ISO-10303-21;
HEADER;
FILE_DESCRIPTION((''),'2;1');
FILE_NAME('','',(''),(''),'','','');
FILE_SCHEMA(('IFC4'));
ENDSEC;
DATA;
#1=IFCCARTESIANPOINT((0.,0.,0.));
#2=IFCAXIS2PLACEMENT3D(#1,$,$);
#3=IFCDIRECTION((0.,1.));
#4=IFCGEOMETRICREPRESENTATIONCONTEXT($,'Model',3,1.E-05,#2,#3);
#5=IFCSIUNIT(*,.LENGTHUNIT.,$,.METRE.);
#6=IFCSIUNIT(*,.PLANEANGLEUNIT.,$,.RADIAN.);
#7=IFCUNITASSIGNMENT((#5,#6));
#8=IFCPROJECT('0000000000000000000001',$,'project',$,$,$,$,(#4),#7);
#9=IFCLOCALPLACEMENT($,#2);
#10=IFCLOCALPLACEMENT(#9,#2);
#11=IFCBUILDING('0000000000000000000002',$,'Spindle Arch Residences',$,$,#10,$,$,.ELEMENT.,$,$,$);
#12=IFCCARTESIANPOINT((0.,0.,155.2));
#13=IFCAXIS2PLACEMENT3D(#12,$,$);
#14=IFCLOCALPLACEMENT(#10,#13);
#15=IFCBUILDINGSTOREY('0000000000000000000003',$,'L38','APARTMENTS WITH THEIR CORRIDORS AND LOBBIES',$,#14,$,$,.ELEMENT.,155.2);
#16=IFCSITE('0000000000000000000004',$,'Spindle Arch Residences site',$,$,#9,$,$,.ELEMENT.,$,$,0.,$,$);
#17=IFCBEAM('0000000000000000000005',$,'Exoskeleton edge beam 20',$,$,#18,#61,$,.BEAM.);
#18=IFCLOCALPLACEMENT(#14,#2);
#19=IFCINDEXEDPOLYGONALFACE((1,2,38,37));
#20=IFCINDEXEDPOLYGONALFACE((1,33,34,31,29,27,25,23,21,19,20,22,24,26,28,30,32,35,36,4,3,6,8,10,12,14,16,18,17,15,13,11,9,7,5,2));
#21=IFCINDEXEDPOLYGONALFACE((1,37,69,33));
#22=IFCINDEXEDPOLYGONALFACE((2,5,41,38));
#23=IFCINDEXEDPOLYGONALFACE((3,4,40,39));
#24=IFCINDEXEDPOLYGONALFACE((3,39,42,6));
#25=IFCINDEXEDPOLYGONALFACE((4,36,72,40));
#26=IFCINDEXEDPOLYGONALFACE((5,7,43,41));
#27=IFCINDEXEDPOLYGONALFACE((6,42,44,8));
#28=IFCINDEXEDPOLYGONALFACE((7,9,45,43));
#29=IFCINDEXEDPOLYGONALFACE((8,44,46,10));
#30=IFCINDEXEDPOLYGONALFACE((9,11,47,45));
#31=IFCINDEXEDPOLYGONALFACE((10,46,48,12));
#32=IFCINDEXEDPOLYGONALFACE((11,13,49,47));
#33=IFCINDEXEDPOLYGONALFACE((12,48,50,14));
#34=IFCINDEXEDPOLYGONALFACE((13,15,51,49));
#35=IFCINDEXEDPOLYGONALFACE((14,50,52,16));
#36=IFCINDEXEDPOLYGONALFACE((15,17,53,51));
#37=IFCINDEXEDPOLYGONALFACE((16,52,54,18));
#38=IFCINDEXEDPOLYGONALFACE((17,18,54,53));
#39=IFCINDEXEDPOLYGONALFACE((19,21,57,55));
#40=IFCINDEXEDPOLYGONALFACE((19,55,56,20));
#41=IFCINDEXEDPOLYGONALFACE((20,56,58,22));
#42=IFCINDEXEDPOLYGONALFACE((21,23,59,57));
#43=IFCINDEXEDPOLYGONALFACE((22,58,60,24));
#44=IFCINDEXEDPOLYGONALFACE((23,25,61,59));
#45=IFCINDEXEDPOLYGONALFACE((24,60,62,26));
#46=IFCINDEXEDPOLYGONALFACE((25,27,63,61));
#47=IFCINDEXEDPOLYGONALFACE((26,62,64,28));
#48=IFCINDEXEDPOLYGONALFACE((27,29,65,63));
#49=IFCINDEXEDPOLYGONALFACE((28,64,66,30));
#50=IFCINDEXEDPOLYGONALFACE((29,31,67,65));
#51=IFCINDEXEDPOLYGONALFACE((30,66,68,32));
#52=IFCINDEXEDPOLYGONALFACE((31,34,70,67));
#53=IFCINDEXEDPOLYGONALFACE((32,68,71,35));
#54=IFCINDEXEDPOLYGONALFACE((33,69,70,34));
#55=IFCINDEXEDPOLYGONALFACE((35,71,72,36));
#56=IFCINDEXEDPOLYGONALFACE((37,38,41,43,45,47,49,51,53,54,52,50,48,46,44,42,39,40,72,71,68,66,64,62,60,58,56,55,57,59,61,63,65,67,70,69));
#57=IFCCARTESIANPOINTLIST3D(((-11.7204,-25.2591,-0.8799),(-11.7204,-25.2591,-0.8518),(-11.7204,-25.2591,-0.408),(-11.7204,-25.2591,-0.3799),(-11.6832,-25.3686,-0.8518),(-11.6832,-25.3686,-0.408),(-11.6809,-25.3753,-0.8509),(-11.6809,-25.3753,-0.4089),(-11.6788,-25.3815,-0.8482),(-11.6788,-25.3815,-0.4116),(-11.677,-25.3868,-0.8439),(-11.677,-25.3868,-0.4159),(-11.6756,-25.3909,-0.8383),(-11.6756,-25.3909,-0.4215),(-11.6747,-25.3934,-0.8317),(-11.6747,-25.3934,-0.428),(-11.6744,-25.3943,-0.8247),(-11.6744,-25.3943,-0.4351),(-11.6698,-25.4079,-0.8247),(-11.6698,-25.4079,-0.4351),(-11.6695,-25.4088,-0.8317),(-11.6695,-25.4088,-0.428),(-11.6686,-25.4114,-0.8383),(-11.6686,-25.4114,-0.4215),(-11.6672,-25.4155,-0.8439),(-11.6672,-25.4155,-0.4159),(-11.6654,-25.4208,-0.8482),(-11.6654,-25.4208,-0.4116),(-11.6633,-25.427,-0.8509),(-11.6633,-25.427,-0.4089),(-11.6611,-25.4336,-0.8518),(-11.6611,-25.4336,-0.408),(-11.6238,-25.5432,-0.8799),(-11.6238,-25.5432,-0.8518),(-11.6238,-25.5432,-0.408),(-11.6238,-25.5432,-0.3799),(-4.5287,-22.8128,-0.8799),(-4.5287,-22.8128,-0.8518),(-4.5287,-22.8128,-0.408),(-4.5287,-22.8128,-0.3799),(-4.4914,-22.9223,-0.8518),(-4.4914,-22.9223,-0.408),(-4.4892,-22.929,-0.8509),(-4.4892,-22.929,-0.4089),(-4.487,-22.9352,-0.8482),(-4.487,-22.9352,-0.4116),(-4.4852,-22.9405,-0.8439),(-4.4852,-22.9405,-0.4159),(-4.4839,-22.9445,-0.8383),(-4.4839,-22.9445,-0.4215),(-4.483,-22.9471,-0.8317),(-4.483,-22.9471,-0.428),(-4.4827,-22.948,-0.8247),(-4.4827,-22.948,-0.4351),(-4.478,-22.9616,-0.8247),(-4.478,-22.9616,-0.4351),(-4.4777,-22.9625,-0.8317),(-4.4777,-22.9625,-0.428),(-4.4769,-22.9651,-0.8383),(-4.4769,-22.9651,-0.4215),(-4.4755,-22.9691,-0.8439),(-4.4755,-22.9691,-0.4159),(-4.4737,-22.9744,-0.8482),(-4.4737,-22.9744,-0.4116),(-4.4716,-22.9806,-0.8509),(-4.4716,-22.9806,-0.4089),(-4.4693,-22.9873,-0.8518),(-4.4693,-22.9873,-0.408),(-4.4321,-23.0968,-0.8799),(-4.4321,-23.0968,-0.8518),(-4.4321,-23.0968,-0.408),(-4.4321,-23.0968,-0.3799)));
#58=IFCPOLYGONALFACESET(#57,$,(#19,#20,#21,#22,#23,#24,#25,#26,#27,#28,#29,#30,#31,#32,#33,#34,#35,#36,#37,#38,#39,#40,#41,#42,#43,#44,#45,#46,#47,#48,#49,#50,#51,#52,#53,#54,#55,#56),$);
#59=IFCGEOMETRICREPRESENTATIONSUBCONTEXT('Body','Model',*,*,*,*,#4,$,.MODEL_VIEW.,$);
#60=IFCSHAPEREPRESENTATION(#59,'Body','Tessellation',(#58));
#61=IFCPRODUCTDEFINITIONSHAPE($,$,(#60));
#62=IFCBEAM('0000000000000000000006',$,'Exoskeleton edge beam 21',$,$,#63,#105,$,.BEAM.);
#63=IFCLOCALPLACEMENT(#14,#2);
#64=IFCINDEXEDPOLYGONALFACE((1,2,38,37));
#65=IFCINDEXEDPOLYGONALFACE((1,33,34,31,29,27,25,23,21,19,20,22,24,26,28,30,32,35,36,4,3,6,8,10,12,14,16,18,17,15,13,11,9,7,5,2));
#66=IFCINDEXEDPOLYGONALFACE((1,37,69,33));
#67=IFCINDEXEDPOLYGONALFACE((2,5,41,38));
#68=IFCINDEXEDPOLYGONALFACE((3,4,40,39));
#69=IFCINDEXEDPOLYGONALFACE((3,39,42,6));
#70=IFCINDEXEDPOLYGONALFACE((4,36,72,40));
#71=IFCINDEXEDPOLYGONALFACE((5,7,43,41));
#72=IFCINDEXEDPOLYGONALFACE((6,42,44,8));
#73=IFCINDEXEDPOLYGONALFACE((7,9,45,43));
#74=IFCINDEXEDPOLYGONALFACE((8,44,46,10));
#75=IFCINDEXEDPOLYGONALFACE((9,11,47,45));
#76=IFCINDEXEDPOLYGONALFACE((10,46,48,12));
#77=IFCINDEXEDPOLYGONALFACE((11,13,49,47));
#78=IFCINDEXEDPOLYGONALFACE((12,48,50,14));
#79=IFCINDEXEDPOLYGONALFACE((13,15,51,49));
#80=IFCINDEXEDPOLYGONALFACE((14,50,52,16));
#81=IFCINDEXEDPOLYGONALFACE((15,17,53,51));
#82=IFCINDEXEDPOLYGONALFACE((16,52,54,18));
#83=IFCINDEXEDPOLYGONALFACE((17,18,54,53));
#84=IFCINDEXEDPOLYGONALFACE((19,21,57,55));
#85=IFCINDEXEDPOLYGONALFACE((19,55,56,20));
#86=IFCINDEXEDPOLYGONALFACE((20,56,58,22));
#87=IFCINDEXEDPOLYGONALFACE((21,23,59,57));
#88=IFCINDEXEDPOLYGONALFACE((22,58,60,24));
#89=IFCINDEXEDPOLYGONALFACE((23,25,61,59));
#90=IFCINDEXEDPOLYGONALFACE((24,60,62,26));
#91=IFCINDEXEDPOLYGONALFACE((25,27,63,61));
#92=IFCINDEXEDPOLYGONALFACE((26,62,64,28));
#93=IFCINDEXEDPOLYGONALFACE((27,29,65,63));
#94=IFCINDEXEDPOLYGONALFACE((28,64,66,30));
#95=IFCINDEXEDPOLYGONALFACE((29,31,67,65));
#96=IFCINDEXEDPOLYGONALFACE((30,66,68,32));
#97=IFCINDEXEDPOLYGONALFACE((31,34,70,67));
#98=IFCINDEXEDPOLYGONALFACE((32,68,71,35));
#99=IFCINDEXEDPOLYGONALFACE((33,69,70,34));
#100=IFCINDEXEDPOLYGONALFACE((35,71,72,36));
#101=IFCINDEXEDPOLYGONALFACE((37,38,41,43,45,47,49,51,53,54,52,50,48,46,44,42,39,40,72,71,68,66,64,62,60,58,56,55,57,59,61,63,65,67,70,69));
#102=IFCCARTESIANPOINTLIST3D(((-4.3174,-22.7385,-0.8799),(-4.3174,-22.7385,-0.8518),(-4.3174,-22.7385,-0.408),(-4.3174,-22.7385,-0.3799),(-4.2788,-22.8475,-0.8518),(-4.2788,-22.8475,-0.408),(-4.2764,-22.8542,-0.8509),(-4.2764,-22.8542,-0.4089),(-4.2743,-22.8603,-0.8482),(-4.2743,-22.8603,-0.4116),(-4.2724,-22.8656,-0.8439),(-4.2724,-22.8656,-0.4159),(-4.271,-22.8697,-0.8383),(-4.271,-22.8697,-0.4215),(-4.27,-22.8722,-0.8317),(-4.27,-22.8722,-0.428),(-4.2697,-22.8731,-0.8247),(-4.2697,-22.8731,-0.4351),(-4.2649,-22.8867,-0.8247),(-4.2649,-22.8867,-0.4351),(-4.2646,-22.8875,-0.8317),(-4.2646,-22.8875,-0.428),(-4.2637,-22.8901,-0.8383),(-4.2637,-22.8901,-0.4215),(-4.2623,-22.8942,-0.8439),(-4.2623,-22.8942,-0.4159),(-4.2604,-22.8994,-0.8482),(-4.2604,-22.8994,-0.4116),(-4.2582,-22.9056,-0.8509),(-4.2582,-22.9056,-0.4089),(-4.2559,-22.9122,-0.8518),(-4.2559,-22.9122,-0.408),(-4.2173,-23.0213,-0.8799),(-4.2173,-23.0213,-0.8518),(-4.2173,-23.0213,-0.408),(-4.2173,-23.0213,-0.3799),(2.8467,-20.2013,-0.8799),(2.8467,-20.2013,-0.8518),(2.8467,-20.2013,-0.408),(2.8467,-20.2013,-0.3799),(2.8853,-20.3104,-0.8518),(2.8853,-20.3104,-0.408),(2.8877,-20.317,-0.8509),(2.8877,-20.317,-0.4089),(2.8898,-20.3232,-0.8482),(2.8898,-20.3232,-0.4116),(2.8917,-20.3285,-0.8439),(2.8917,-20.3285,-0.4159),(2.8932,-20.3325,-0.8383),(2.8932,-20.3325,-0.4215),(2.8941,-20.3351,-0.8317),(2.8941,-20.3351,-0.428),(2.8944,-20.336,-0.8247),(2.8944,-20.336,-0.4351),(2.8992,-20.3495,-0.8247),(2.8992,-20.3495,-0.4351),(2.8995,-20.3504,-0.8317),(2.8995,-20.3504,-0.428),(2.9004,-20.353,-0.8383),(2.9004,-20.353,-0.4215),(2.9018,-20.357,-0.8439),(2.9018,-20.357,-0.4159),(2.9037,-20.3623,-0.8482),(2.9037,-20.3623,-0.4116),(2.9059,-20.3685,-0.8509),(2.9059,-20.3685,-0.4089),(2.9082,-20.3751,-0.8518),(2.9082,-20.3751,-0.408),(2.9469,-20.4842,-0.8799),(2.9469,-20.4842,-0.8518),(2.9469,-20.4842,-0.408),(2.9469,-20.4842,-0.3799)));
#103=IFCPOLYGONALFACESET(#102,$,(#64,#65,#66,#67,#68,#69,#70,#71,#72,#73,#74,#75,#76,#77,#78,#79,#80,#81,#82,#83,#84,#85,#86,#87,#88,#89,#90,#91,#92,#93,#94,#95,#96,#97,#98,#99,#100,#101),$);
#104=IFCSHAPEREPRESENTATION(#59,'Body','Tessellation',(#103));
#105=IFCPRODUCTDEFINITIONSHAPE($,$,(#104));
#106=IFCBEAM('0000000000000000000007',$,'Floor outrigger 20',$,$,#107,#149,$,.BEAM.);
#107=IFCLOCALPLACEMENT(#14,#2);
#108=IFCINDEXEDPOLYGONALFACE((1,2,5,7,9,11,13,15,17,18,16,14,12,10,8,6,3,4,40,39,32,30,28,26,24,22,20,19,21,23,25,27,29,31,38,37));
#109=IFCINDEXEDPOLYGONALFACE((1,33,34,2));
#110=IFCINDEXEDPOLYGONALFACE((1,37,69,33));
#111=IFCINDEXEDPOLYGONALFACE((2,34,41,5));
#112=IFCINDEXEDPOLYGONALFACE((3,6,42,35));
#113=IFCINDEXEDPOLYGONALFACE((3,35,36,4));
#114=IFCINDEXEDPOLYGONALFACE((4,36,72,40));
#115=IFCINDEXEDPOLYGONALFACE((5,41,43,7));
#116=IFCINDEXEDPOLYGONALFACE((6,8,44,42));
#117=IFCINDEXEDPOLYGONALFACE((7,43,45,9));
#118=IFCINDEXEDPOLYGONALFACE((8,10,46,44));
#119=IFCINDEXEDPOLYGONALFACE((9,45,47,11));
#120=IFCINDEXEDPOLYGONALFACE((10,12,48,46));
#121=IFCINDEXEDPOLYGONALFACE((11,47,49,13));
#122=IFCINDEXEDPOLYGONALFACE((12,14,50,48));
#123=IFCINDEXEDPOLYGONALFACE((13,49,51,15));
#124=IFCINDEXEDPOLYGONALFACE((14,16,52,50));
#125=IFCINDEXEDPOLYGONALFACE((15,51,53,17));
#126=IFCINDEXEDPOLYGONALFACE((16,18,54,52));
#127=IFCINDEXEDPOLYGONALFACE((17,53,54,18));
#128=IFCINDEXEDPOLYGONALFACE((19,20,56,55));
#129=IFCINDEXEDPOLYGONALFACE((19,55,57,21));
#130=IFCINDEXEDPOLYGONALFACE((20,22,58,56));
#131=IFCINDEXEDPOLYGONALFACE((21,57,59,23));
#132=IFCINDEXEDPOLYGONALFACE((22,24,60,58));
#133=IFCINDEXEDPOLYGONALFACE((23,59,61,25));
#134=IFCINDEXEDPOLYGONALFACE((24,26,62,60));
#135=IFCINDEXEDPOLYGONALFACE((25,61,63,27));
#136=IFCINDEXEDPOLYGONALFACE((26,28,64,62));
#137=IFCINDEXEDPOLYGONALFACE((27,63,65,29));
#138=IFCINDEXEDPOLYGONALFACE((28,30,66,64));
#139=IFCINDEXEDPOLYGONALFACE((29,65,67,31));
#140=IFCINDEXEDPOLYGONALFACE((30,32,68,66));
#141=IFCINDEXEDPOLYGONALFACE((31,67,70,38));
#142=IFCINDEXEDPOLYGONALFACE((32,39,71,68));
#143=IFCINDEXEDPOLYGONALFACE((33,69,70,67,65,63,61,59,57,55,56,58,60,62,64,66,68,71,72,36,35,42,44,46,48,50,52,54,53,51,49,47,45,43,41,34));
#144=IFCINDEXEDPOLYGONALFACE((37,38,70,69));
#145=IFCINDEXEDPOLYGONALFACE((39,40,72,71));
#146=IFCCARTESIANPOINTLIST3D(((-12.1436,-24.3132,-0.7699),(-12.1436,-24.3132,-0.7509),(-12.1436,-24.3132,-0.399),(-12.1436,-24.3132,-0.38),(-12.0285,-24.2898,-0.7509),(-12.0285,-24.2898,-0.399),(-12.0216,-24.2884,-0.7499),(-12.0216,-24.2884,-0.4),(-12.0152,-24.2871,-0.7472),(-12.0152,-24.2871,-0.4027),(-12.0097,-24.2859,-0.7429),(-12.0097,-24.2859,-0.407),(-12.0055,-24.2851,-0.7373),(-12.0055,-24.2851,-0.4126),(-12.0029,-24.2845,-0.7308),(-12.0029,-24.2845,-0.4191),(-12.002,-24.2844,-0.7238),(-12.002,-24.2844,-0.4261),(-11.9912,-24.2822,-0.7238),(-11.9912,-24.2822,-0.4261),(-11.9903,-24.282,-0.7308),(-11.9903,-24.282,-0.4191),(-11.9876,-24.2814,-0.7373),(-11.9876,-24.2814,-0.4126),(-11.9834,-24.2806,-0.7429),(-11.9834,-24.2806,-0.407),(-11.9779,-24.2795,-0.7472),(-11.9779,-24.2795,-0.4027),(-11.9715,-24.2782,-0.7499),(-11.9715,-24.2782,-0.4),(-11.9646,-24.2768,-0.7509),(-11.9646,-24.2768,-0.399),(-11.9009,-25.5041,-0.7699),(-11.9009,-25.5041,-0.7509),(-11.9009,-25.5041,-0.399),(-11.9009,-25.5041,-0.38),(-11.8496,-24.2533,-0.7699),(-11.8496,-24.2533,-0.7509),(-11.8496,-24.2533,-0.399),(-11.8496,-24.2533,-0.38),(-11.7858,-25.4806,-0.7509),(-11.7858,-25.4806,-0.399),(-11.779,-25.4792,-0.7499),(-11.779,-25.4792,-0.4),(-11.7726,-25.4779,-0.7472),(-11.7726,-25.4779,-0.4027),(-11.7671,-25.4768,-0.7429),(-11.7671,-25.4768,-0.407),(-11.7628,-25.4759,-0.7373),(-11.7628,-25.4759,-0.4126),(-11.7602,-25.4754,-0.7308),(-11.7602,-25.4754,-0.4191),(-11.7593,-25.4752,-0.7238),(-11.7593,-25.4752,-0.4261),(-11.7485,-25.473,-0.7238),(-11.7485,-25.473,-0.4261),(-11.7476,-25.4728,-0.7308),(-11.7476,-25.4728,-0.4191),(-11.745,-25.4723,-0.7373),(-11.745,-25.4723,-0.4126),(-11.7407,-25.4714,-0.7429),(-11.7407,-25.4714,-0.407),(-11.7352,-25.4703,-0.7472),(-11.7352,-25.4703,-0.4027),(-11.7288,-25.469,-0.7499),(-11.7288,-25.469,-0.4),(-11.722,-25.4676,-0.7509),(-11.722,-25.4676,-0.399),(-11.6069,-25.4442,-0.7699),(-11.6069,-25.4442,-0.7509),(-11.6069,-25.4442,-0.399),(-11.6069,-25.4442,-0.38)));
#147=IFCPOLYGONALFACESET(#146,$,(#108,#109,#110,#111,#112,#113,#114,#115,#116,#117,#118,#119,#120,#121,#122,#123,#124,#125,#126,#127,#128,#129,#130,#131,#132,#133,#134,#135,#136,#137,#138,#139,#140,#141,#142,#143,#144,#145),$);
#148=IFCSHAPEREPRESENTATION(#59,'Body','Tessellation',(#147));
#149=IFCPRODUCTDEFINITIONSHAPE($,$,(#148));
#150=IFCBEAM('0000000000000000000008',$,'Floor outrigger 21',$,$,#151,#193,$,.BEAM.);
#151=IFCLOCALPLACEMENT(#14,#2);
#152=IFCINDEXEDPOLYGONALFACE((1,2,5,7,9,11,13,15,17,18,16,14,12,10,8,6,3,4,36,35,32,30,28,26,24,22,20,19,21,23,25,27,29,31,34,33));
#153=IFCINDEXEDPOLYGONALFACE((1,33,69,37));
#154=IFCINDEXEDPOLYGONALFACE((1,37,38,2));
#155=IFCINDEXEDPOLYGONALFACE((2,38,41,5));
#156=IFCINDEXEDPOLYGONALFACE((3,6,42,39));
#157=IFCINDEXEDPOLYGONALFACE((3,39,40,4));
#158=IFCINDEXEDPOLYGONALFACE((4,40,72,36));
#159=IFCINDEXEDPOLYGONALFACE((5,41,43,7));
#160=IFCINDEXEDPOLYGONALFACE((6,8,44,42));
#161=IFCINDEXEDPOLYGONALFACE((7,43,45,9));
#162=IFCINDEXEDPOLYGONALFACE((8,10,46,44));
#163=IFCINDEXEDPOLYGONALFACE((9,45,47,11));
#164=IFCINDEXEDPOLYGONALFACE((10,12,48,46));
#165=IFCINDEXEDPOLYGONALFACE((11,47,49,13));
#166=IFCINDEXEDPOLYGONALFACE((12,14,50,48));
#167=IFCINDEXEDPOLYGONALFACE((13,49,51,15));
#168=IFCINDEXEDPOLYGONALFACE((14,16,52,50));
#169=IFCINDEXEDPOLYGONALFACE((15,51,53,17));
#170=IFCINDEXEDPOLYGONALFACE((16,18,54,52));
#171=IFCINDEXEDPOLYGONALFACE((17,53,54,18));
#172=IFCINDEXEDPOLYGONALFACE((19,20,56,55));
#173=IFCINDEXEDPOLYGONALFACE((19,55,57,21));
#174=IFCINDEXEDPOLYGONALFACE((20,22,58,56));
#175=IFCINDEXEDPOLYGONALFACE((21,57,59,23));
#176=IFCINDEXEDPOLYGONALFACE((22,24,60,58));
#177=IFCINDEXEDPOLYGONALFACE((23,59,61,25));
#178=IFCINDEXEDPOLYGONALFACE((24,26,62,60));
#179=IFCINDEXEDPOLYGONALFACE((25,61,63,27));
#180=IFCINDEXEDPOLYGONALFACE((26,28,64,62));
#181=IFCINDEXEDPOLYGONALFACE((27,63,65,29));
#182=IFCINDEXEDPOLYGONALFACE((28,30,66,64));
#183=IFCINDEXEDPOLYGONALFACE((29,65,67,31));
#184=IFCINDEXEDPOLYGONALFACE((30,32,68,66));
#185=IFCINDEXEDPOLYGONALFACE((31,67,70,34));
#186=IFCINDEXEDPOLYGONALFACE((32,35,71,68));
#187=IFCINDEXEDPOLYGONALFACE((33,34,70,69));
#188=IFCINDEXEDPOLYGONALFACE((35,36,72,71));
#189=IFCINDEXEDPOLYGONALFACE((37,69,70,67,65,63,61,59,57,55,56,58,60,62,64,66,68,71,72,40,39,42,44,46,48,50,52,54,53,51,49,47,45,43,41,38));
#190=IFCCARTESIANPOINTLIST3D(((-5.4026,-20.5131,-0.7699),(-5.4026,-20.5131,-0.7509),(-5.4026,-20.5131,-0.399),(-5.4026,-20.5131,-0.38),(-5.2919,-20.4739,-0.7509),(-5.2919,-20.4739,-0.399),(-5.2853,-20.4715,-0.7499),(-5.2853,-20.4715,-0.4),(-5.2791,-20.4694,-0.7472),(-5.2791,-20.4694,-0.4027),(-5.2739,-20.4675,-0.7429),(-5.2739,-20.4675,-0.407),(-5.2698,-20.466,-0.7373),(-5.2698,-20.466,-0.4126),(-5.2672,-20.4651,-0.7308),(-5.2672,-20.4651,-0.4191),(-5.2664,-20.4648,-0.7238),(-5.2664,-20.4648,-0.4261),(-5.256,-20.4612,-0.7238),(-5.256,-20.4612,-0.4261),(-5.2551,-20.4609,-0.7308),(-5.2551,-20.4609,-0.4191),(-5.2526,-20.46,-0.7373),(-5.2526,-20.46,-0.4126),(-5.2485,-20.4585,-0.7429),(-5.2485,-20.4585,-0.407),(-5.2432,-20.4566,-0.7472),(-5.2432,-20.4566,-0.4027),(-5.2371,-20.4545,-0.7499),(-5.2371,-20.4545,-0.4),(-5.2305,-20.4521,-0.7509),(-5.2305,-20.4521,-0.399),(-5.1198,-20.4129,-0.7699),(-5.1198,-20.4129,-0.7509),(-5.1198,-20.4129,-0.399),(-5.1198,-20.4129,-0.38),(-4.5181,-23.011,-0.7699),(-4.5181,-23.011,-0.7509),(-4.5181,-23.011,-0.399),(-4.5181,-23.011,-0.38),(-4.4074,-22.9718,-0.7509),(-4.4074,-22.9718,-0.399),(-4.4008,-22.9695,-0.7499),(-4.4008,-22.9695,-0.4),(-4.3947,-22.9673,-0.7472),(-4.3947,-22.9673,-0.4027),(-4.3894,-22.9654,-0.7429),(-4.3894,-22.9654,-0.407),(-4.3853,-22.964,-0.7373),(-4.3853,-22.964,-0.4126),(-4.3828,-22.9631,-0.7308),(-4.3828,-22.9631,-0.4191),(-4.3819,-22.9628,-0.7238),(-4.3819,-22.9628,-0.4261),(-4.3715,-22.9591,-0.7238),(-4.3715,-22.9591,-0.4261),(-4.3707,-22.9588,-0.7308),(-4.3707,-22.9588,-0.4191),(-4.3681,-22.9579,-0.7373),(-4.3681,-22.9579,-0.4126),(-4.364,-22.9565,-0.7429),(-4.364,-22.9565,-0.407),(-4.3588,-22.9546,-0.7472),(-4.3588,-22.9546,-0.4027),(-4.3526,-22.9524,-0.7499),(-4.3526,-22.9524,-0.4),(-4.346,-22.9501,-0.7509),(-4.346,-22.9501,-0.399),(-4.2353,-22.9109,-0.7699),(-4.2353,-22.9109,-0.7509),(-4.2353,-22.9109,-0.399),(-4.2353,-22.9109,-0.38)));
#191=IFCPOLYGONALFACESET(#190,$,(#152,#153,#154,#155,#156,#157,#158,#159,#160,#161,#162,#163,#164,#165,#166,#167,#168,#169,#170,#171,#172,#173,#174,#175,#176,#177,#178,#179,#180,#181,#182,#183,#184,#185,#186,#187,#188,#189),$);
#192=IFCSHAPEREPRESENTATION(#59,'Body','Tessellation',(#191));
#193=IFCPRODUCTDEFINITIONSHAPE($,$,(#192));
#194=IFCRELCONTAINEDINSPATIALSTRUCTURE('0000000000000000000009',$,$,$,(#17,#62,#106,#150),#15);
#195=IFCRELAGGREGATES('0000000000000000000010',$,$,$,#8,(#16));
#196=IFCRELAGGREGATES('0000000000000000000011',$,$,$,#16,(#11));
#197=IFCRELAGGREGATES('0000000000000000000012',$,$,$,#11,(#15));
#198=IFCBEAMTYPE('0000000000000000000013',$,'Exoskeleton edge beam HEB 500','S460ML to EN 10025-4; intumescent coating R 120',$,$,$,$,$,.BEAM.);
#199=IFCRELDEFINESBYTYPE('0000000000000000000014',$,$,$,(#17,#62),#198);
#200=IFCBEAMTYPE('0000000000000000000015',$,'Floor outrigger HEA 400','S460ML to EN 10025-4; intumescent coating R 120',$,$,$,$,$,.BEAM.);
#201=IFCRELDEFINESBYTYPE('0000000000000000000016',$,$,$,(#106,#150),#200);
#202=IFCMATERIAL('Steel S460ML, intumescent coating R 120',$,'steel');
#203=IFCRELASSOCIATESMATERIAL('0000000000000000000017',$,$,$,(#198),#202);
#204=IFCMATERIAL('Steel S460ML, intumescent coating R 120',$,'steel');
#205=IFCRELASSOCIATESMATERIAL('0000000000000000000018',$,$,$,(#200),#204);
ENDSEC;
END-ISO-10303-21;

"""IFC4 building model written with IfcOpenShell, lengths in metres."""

from ifc_helpers import new_model, si_unit, direction, frame, origin, origin_2d, place, context, subcontext, project, spatial, i_section, extrude, material, material_profile, profile_set, type_object, element, save


model = new_model("IFC4")

# Units and contexts
model_context = context("Model", 3, precision=1e-05, world=origin(), true_north=direction((0.0, 1.0)))
body_context = subcontext(model_context, "Body", "Model", "MODEL_VIEW")
ifc_project = project(units=[si_unit("LENGTHUNIT", "METRE"), si_unit("PLANEANGLEUNIT", "RADIAN")], contexts=[model_context])

# Site, building, storey
site_placement = place(None, origin())
site = spatial("IfcSite", under=ifc_project, at=site_placement, Name="Spindle Arch Residences site", CompositionType="ELEMENT", RefElevation=0.0)
building_placement = place(site_placement, origin())
building = spatial("IfcBuilding", under=site, at=building_placement, Name="Spindle Arch Residences", CompositionType="ELEMENT")
storey_placement = place(building_placement, frame((0.0, 0.0, 155.2)))
storey = spatial("IfcBuildingStorey", under=building, at=storey_placement, Name="L38", Description="APARTMENTS WITH THEIR CORRIDORS AND LOBBIES", CompositionType="ELEMENT", Elevation=155.2)

# Beams
ifc_material_1 = material(Name="Steel S460ML, intumescent coating R 120", Category="steel")
ifc_material_profile_1 = material_profile(ifc_material_1, i_section(OverallWidth=0.3, OverallDepth=0.5, WebThickness=0.0144, FlangeThickness=0.0281, FilletRadius=0.0271, at=origin_2d()), Name="HEB 500")
ifc_profile_set_1 = profile_set([ifc_material_profile_1], Name="Steel S460ML, intumescent coating R 120")
beam_type_1 = type_object("IfcBeamType", Name="Exoskeleton edge beam HEB 500", Description="S460ML to EN 10025-4; intumescent coating R 120", PredefinedType="BEAM", material=ifc_profile_set_1)
beam_1_placement = place(storey_placement, frame((-11.6721, -25.4011, -0.6299), z_axis=(0.946727, 0.322036, 0.0), x_axis=(-0.322036, 0.946727, 0.0)))
element("IfcBeam", 1, at=beam_1_placement, inside=storey, type_object=beam_type_1, Name="Exoskeleton edge beam 20", PredefinedType="BEAM", context=body_context, shape_type="SweptSolid", body=[
    extrude(i_section(OverallWidth=0.3, OverallDepth=0.5, WebThickness=0.0144, FlangeThickness=0.0281, FilletRadius=0.0271, at=origin_2d()), origin(), (0.0, 0.0, 1.0), 7.5964),
])
beam_2_placement = place(storey_placement, frame((-4.2673, -22.8799, -0.6299), z_axis=(0.942634, 0.333828, 0.0), x_axis=(-0.333828, 0.942634, 0.0)))
element("IfcBeam", 2, at=beam_2_placement, inside=storey, type_object=beam_type_1, Name="Exoskeleton edge beam 21", PredefinedType="BEAM", context=body_context, shape_type="SweptSolid", body=[
    extrude(i_section(OverallWidth=0.3, OverallDepth=0.5, WebThickness=0.0144, FlangeThickness=0.0281, FilletRadius=0.0271, at=origin_2d()), origin(), (0.0, 0.0, 1.0), 7.6001),
])
ifc_material_2 = material(Name="Steel S460ML, intumescent coating R 120", Category="steel")
ifc_material_profile_2 = material_profile(ifc_material_2, i_section(OverallWidth=0.3, OverallDepth=0.3899, WebThickness=0.011, FlangeThickness=0.019, FilletRadius=0.0271, at=origin_2d()), Name="HEA 400")
ifc_profile_set_2 = profile_set([ifc_material_profile_2], Name="Steel S460ML, intumescent coating R 120")
beam_type_2 = type_object("IfcBeamType", Name="Floor outrigger HEA 400", Description="S460ML to EN 10025-4; intumescent coating R 120", PredefinedType="BEAM", material=ifc_profile_set_2)
beam_3_placement = place(storey_placement, frame((-11.7539, -25.4741, -0.575), z_axis=(-0.199669, 0.979863, 0.0), x_axis=(-0.979863, -0.199669, 0.0)))
element("IfcBeam", 3, at=beam_3_placement, inside=storey, type_object=beam_type_2, Name="Floor outrigger 20", PredefinedType="BEAM", context=body_context, shape_type="SweptSolid", body=[
    extrude(i_section(OverallWidth=0.3, OverallDepth=0.3899, WebThickness=0.011, FlangeThickness=0.019, FilletRadius=0.0271, at=origin_2d()), origin(), (0.0, 0.0, 1.0), 1.2153),
])
beam_4_placement = place(storey_placement, frame((-4.3767, -22.9609, -0.575), z_axis=(-0.333779, 0.942651, 0.0), x_axis=(-0.942651, -0.333779, 0.0)))
element("IfcBeam", 4, at=beam_4_placement, inside=storey, type_object=beam_type_2, Name="Floor outrigger 21", PredefinedType="BEAM", context=body_context, shape_type="SweptSolid", body=[
    extrude(i_section(OverallWidth=0.3, OverallDepth=0.3899, WebThickness=0.011, FlangeThickness=0.019, FilletRadius=0.0271, at=origin_2d()), origin(), (0.0, 0.0, 1.0), 2.6499),
])

save(model, "model.ifc")
